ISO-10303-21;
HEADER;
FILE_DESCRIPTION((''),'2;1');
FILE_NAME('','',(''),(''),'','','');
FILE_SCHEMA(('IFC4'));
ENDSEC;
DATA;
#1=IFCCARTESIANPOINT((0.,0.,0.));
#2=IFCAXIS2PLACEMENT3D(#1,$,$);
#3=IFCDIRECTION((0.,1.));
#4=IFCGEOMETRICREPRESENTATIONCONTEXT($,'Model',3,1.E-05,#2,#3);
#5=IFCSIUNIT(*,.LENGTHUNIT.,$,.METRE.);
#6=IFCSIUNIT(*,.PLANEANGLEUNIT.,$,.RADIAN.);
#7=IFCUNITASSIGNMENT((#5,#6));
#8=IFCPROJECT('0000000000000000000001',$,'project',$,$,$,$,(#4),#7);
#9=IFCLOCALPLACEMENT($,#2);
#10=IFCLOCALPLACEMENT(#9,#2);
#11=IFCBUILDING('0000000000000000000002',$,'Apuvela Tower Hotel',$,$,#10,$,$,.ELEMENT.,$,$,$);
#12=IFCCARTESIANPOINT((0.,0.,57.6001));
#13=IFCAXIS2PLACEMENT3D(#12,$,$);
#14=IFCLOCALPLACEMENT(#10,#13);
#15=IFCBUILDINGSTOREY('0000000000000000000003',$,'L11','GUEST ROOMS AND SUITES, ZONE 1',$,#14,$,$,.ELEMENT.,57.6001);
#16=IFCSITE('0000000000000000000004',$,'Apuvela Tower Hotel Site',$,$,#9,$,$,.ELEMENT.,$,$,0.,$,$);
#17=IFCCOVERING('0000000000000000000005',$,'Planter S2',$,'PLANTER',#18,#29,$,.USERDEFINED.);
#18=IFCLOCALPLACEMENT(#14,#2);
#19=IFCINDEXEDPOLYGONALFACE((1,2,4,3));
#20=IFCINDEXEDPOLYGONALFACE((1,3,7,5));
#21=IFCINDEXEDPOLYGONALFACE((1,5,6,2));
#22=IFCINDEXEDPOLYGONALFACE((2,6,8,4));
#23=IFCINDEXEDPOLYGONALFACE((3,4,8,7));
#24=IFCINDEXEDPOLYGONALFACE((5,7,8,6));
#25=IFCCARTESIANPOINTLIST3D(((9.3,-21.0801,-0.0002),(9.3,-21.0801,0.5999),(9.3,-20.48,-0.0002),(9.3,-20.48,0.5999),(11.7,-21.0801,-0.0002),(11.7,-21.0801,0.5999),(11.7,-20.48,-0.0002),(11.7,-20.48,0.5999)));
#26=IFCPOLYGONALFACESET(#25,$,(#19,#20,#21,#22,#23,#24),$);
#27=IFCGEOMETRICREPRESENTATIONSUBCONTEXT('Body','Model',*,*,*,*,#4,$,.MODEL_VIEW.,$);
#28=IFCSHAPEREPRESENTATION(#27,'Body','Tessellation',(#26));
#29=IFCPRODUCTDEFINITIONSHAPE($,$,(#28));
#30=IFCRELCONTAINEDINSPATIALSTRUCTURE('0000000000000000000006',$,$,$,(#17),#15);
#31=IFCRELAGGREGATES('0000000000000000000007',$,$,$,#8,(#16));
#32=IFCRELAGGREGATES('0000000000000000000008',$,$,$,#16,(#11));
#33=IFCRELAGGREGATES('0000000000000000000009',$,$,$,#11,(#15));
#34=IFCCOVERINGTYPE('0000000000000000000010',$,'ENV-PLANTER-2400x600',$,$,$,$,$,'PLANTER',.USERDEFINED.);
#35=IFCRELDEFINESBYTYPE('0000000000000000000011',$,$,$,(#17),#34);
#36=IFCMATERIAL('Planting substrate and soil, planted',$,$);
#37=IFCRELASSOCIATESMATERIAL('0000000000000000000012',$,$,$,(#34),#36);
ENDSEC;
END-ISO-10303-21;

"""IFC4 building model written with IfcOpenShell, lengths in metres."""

from ifc_helpers import new_model, si_unit, direction, frame, origin, origin_2d, place, context, subcontext, project, spatial, rectangle, extrude, material, type_object, element, save


model = new_model("IFC4")

# Units and contexts
model_context = context("Model", 3, precision=1e-05, world=origin(), true_north=direction((0.0, 1.0)))
body_context = subcontext(model_context, "Body", "Model", "MODEL_VIEW")
ifc_project = project(units=[si_unit("LENGTHUNIT", "METRE"), si_unit("PLANEANGLEUNIT", "RADIAN")], contexts=[model_context])

# Site, building, storey
site_placement = place(None, origin())
site = spatial("IfcSite", under=ifc_project, at=site_placement, Name="Apuvela Tower Hotel Site", CompositionType="ELEMENT", RefElevation=0.0)
building_placement = place(site_placement, origin())
building = spatial("IfcBuilding", under=site, at=building_placement, Name="Apuvela Tower Hotel", CompositionType="ELEMENT")
storey_placement = place(building_placement, frame((0.0, 0.0, 57.6001)))
storey = spatial("IfcBuildingStorey", under=building, at=storey_placement, Name="L11", Description="GUEST ROOMS AND SUITES, ZONE 1", CompositionType="ELEMENT", Elevation=57.6001)

# Covering
ifc_material_1 = material(Name="Planting substrate and soil, planted")
covering_type = type_object("IfcCoveringType", Name="ENV-PLANTER-2400x600", ElementType="PLANTER", PredefinedType="USERDEFINED", material=ifc_material_1)
covering_placement = place(storey_placement, frame((10.5, -20.78, -0.0002), z_axis=(0.0, 0.0, 1.0), x_axis=(1.0, 0.0, 0.0)))
element("IfcCovering", 1, at=covering_placement, inside=storey, type_object=covering_type, Name="Planter S2", ObjectType="PLANTER", PredefinedType="USERDEFINED", context=body_context, shape_type="SweptSolid", body=[
    extrude(rectangle(XDim=2.3999, YDim=0.6001, at=origin_2d()), origin(), (0.0, 0.0, 1.0), 0.6001),
])

save(model, "model.ifc")
